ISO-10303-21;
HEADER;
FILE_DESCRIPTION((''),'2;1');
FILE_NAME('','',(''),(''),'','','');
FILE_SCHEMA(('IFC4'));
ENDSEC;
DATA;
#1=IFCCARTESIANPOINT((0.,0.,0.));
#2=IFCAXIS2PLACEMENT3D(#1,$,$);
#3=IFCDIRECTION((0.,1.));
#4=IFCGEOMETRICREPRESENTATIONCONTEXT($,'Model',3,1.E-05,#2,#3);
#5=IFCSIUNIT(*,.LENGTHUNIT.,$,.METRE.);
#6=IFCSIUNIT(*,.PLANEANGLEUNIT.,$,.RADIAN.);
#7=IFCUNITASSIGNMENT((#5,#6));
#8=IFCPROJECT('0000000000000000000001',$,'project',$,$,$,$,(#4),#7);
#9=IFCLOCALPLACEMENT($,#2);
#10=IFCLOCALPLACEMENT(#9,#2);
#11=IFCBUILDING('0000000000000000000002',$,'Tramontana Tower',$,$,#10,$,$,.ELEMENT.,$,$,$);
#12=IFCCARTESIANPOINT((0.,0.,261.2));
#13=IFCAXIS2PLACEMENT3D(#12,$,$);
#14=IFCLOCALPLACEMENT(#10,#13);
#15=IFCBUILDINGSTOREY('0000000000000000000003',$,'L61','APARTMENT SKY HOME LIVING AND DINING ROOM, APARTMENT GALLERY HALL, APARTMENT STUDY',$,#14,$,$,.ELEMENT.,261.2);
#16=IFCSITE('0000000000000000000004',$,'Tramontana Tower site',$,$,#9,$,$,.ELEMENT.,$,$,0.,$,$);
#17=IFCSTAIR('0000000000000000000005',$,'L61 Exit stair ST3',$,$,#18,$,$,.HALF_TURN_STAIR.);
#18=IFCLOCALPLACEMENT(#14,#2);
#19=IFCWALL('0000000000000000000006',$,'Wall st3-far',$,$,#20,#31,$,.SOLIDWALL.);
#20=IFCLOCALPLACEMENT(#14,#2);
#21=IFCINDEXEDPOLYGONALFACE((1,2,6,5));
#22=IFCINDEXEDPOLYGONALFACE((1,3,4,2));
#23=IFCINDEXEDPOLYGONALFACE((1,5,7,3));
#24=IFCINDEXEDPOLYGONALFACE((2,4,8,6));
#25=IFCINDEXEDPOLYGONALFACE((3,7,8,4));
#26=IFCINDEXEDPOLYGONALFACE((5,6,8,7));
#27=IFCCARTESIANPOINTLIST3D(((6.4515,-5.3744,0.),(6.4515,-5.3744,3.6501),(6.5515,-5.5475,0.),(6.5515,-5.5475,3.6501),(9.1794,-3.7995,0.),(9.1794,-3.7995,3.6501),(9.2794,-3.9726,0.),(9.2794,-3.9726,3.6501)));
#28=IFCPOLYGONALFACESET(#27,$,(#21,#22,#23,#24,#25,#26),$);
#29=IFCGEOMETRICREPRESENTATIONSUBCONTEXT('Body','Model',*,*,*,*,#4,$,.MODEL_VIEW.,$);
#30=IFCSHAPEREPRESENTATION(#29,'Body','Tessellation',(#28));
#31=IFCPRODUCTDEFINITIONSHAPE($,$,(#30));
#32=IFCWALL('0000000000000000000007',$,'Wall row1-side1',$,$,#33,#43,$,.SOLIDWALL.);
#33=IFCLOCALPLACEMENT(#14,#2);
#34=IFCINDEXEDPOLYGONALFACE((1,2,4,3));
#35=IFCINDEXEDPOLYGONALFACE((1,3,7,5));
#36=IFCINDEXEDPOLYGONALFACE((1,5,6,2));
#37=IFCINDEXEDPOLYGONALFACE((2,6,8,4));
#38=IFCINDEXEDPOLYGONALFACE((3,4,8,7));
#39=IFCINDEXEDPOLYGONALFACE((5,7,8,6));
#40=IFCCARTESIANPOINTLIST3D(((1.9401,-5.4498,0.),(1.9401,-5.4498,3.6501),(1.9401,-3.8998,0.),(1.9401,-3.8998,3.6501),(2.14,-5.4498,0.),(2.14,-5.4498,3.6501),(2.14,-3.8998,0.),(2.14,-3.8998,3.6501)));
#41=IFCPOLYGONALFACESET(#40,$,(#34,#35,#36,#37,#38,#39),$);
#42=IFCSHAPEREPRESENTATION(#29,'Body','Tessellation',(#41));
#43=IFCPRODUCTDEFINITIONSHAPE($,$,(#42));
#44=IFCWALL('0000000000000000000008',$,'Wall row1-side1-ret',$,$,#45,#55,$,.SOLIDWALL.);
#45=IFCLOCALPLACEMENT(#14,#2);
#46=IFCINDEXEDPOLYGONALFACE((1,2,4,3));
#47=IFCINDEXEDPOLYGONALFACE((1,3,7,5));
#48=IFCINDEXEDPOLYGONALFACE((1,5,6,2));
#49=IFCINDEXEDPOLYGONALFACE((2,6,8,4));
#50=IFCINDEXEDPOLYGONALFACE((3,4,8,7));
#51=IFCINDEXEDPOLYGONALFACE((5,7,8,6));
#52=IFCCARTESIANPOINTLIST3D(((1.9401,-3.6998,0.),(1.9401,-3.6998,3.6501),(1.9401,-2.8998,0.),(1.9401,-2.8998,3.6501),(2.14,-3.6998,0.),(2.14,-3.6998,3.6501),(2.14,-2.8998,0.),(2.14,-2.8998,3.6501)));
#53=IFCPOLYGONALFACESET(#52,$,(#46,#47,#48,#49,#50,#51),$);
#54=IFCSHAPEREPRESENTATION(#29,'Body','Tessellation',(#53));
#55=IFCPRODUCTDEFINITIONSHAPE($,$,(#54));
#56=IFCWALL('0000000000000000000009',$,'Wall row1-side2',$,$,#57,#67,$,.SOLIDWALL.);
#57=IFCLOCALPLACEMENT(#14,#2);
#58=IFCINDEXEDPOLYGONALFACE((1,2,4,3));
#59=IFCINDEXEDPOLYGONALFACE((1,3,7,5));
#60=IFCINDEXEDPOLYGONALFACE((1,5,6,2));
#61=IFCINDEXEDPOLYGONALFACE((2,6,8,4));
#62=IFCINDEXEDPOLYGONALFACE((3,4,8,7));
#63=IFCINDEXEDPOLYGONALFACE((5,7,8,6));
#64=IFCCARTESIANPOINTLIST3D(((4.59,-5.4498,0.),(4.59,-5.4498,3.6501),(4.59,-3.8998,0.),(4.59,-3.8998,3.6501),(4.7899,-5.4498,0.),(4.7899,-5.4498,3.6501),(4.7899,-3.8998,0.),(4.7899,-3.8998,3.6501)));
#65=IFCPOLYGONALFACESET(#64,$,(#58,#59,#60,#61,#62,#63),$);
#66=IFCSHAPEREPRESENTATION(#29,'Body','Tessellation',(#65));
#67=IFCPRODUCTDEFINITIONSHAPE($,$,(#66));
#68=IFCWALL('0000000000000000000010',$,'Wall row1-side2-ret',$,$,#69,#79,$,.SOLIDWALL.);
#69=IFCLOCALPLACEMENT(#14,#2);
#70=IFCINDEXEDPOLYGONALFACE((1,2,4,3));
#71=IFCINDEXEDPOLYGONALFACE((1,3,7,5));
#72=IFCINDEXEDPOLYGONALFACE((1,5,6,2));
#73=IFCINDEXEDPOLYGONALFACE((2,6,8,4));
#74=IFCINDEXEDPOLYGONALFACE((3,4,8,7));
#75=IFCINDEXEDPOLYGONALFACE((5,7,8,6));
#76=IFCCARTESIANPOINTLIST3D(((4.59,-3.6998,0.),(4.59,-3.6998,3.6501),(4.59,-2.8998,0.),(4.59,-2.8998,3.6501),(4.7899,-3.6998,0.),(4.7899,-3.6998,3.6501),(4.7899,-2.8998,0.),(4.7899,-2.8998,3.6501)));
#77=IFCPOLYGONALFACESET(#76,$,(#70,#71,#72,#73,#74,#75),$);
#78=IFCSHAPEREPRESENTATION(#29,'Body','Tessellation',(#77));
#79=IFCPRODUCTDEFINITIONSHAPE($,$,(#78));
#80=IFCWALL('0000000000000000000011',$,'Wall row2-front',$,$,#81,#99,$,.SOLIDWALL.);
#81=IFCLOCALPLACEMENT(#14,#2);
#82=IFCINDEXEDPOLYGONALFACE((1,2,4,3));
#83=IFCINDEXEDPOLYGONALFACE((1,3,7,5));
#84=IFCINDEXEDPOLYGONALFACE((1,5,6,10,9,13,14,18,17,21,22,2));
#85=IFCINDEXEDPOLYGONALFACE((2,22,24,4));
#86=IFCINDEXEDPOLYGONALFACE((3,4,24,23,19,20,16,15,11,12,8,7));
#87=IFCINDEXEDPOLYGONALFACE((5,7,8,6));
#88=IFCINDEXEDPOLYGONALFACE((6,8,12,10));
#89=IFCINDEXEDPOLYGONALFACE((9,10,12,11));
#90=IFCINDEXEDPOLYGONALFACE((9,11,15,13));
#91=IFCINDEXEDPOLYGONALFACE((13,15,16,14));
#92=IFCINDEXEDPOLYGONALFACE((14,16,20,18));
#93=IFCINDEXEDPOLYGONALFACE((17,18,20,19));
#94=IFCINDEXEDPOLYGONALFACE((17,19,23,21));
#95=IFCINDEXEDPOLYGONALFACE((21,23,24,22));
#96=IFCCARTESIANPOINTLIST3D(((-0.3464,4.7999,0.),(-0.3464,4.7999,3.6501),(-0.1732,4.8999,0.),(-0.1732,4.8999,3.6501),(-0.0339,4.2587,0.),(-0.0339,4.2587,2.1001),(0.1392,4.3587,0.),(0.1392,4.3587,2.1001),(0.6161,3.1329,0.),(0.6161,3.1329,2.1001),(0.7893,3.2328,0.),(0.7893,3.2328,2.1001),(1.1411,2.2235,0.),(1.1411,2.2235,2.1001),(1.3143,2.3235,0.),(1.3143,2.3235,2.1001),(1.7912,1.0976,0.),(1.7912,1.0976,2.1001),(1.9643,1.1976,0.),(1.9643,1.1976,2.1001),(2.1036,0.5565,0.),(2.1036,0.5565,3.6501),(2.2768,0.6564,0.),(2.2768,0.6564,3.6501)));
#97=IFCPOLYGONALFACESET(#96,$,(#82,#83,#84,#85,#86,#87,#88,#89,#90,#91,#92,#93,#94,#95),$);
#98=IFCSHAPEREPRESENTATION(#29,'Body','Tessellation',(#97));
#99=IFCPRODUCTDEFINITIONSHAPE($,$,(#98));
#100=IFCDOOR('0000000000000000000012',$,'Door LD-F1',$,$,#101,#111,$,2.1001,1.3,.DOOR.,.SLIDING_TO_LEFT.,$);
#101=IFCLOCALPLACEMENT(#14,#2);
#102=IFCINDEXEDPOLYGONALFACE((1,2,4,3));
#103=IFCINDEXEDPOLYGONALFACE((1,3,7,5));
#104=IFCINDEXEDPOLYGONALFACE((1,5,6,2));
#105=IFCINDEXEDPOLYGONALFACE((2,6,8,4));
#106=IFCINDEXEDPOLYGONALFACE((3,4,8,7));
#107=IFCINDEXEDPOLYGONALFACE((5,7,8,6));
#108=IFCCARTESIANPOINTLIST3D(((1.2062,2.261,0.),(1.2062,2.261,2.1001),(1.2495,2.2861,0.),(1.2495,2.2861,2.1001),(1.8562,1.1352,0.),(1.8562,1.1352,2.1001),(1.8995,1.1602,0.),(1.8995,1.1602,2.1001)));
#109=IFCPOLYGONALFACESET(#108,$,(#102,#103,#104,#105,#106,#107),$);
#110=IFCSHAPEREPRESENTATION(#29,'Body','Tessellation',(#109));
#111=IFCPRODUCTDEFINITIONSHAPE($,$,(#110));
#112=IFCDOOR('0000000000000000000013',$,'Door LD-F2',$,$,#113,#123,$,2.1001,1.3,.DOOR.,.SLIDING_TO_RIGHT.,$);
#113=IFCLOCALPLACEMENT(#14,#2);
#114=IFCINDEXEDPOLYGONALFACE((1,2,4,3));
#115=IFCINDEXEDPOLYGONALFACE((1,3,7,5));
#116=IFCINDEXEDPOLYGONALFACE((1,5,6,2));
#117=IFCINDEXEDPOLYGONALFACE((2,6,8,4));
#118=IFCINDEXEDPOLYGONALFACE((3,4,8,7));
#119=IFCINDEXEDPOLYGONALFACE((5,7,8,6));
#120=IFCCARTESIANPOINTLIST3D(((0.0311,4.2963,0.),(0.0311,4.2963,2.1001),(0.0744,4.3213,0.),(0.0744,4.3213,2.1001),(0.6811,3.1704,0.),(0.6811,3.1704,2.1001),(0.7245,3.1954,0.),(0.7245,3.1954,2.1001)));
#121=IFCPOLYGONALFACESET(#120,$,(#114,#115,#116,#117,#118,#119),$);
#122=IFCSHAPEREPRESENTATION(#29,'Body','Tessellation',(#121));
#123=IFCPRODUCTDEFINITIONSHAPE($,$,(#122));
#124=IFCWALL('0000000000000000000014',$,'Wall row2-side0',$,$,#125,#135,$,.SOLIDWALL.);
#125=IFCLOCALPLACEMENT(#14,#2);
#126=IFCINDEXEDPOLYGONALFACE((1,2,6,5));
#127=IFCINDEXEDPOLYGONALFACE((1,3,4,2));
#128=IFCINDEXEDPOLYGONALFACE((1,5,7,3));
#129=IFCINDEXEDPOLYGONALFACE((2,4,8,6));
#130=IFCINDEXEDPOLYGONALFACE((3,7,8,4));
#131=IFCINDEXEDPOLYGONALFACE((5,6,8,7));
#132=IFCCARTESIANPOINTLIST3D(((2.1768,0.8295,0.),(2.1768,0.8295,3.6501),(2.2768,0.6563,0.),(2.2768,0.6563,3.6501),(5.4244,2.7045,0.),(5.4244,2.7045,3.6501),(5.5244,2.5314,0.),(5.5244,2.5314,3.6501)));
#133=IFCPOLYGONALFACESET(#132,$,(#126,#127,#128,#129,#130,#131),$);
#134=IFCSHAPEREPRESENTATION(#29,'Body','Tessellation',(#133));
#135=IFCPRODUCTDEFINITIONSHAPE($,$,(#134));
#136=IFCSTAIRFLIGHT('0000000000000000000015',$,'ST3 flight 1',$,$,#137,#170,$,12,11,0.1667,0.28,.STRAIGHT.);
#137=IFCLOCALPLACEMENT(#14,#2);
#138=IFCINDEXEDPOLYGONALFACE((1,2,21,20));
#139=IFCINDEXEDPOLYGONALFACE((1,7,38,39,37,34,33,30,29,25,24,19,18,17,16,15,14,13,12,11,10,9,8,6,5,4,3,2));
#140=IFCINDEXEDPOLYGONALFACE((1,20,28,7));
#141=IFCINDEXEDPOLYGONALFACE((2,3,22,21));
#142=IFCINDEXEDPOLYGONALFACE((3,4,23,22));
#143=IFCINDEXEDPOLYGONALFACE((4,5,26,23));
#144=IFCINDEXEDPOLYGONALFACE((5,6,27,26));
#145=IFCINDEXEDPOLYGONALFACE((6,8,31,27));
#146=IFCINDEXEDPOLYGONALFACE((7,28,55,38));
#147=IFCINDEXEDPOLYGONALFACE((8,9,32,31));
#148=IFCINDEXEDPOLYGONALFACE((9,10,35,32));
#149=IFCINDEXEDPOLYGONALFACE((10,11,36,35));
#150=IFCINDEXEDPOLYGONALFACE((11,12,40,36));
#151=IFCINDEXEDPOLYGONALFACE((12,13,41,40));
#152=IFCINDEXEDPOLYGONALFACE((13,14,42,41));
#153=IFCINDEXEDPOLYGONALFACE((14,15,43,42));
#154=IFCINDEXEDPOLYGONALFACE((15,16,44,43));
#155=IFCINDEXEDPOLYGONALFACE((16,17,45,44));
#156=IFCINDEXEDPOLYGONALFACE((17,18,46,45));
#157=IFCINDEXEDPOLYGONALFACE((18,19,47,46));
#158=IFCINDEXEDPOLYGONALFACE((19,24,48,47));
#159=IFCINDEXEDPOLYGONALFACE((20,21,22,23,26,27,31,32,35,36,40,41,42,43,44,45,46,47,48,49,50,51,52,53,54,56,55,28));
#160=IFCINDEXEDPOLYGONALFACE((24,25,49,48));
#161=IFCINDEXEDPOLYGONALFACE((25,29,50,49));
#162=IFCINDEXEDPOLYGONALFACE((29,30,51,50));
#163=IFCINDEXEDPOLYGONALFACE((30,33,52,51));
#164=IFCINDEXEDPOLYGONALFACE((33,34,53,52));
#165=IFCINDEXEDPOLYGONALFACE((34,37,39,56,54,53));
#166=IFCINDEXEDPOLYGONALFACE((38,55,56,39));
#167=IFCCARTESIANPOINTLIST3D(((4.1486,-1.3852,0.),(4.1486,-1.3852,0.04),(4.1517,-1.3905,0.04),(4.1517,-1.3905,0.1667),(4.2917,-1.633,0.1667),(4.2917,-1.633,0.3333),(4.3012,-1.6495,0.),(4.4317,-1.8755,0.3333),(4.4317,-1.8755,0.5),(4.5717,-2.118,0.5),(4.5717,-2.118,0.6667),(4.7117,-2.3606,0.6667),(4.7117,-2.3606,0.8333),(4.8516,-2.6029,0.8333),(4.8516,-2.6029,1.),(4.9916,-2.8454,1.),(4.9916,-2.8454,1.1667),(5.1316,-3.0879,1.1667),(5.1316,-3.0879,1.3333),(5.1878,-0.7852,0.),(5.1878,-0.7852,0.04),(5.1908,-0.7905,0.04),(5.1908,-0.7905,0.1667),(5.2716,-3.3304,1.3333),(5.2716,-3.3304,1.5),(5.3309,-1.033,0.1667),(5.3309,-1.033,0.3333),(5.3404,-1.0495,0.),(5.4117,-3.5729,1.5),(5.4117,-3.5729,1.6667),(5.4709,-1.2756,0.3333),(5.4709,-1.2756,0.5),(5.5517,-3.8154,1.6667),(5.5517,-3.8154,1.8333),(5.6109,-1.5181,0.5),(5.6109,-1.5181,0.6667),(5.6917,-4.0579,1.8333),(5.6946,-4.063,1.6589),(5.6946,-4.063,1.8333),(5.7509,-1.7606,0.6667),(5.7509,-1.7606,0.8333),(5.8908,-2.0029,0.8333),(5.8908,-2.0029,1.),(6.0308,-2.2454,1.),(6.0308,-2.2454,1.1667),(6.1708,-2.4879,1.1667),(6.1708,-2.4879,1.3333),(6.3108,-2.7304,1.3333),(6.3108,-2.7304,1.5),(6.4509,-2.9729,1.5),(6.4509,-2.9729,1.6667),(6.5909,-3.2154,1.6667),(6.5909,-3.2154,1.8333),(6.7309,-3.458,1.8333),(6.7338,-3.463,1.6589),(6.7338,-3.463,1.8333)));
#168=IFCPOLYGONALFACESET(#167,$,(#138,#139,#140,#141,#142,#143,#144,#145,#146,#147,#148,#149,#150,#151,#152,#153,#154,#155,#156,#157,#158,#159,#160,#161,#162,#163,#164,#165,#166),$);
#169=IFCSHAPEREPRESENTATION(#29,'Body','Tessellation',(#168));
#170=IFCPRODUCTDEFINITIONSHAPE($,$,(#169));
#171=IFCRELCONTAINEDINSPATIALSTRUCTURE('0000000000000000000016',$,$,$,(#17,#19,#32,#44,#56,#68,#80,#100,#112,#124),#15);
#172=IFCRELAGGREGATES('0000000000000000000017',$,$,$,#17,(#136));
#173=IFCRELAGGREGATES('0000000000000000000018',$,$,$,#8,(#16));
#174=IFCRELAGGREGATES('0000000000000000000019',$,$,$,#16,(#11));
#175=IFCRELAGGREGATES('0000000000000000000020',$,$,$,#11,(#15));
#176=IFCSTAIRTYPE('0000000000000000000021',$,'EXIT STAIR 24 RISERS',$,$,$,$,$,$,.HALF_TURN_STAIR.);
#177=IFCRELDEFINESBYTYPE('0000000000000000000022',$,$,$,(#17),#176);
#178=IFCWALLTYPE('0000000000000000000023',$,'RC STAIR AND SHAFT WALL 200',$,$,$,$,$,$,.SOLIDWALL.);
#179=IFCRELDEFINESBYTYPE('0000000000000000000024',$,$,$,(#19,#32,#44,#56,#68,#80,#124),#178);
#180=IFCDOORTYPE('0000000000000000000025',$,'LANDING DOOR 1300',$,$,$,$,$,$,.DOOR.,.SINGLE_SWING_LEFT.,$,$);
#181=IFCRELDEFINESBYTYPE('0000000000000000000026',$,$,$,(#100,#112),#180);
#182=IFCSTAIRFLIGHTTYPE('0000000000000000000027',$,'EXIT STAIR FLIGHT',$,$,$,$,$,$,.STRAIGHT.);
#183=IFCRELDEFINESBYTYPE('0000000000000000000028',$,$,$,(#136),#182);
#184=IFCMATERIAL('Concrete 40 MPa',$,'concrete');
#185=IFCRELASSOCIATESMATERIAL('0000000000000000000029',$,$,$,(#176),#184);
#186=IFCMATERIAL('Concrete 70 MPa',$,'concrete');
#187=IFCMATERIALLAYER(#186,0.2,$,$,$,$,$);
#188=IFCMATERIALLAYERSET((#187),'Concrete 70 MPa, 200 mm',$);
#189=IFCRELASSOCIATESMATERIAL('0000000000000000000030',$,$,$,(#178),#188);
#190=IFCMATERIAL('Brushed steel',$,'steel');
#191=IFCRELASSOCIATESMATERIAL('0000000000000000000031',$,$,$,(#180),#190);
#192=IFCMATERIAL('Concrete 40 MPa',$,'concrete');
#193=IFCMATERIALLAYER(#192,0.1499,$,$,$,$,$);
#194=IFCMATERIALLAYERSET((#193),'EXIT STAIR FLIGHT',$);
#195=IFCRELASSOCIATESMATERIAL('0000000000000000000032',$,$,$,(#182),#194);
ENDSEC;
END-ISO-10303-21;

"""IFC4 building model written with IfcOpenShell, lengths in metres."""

from ifc_helpers import new_model, si_unit, direction, frame, frame_2d, origin, place, context, subcontext, project, spatial, polyline, rectangle, outline, extrude, material, layer, layer_set, type_object, element, fill, aggregate, save


model = new_model("IFC4")

# Units and contexts
model_context = context("Model", 3, precision=1e-05, world=origin(), true_north=direction((0.0, 1.0)))
body_context = subcontext(model_context, "Body", "Model", "MODEL_VIEW")
ifc_project = project(units=[si_unit("LENGTHUNIT", "METRE"), si_unit("PLANEANGLEUNIT", "RADIAN")], contexts=[model_context])

# Site, building, storey
site_placement = place(None, origin())
site = spatial("IfcSite", under=ifc_project, at=site_placement, Name="Tramontana Tower site", CompositionType="ELEMENT", RefElevation=0.0)
building_placement = place(site_placement, origin())
building = spatial("IfcBuilding", under=site, at=building_placement, Name="Tramontana Tower", CompositionType="ELEMENT")
storey_placement = place(building_placement, frame((0.0, 0.0, 261.2)))
storey = spatial("IfcBuildingStorey", under=building, at=storey_placement, Name="L61", Description="APARTMENT SKY HOME LIVING AND DINING ROOM, APARTMENT GALLERY HALL, APARTMENT STUDY", CompositionType="ELEMENT", Elevation=261.2)

# Stair
ifc_material_1 = material(Name="Concrete 40 MPa", Category="concrete")
stair_type = type_object("IfcStairType", Name="EXIT STAIR 24 RISERS", PredefinedType="HALF_TURN_STAIR", material=ifc_material_1)
stair_1_placement = place(storey_placement, origin())
stair_1 = element("IfcStair", 1, at=stair_1_placement, inside=storey, type_object=stair_type, Name="L61 Exit stair ST3", PredefinedType="HALF_TURN_STAIR")

# Wall
ifc_material_2 = material(Name="Concrete 70 MPa", Category="concrete")
ifc_layer_1 = layer(ifc_material_2, 0.2)
ifc_layer_set_1 = layer_set([ifc_layer_1], Name="Concrete 70 MPa, 200 mm")
wall_type = type_object("IfcWallType", Name="RC STAIR AND SHAFT WALL 200", PredefinedType="SOLIDWALL", material=ifc_layer_set_1)
wall_1_placement = place(storey_placement, frame((6.5015, -5.4609, 0.0), z_axis=(0.0, 0.0, 1.0), x_axis=(0.866036, 0.499982, 0.0)))
element("IfcWall", 2, at=wall_1_placement, inside=storey, type_object=wall_type, Name="Wall st3-far", PredefinedType="SOLIDWALL", context=body_context, shape_type="SweptSolid", body=[
    extrude(rectangle(XDim=3.1499, YDim=0.2, at=frame_2d((1.575, 0.0))), origin(), (0.0, 0.0, 1.0), 3.6501),
])

# Walls
wall_2_placement = place(storey_placement, frame((2.04, -3.8999, 0.0), z_axis=(0.0, 0.0, 1.0), x_axis=(0.0, -1.0, 0.0)))
element("IfcWall", 3, at=wall_2_placement, inside=storey, type_object=wall_type, Name="Wall row1-side1", PredefinedType="SOLIDWALL", context=body_context, shape_type="SweptSolid", body=[
    extrude(rectangle(XDim=1.55, YDim=0.2, at=frame_2d((0.7749, 0.0))), origin(), (0.0, 0.0, 1.0), 3.6501),
])
wall_3_placement = place(storey_placement, frame((2.04, -2.8999, 0.0), z_axis=(0.0, 0.0, 1.0), x_axis=(0.0, -1.0, 0.0)))
element("IfcWall", 4, at=wall_3_placement, inside=storey, type_object=wall_type, Name="Wall row1-side1-ret", PredefinedType="SOLIDWALL", context=body_context, shape_type="SweptSolid", body=[
    extrude(rectangle(XDim=0.8, YDim=0.2, at=frame_2d((0.3999, 0.0))), origin(), (0.0, 0.0, 1.0), 3.6501),
])
wall_4_placement = place(storey_placement, frame((4.6899, -3.8999, 0.0), z_axis=(0.0, 0.0, 1.0), x_axis=(0.0, -1.0, 0.0)))
element("IfcWall", 5, at=wall_4_placement, inside=storey, type_object=wall_type, Name="Wall row1-side2", PredefinedType="SOLIDWALL", context=body_context, shape_type="SweptSolid", body=[
    extrude(rectangle(XDim=1.55, YDim=0.2, at=frame_2d((0.7749, 0.0))), origin(), (0.0, 0.0, 1.0), 3.6501),
])
wall_5_placement = place(storey_placement, frame((4.6899, -2.8999, 0.0), z_axis=(0.0, 0.0, 1.0), x_axis=(0.0, -1.0, 0.0)))
element("IfcWall", 6, at=wall_5_placement, inside=storey, type_object=wall_type, Name="Wall row1-side2-ret", PredefinedType="SOLIDWALL", context=body_context, shape_type="SweptSolid", body=[
    extrude(rectangle(XDim=0.8, YDim=0.2, at=frame_2d((0.3999, 0.0))), origin(), (0.0, 0.0, 1.0), 3.6501),
])

# Wall, openings, doors
wall_6_placement = place(storey_placement, frame((2.1902, 0.6064, 0.0), z_axis=(0.0, 0.0, 1.0), x_axis=(-0.500003, 0.866024, 0.0)))
wall_6 = element("IfcWall", 7, at=wall_6_placement, inside=storey, type_object=wall_type, Name="Wall row2-front", PredefinedType="SOLIDWALL", context=body_context, shape_type="SweptSolid", body=[
    extrude(rectangle(XDim=4.8999, YDim=0.2, at=frame_2d((2.45, 0.0))), origin(), (0.0, 0.0, 1.0), 3.6501),
])
opening_1_placement = place(wall_6_placement, frame((0.625, 0.0, 0.0)))
opening_1 = element("IfcOpeningElement", 8, at=opening_1_placement, cuts=wall_6, PredefinedType="OPENING", context=body_context, shape_type="SweptSolid", body=[
    extrude(rectangle(XDim=1.3, YDim=2.1001, at=frame_2d((0.6499, 1.05))), frame((0.0, 0.1099, 0.0), z_axis=(0.0, -1.0, 0.0), x_axis=(1.0, 0.0, 0.0)), (0.0, 0.0, 1.0), 0.22),
])
opening_2_placement = place(wall_6_placement, frame((2.9751, 0.0, 0.0)))
opening_2 = element("IfcOpeningElement", 9, at=opening_2_placement, cuts=wall_6, PredefinedType="OPENING", context=body_context, shape_type="SweptSolid", body=[
    extrude(rectangle(XDim=1.3, YDim=2.1001, at=frame_2d((0.6499, 1.05))), frame((0.0, 0.1099, 0.0), z_axis=(0.0, -1.0, 0.0), x_axis=(1.0, 0.0, 0.0)), (0.0, 0.0, 1.0), 0.22),
])
ifc_material_3 = material(Name="Brushed steel", Category="steel")
door_type_1 = type_object("IfcDoorType", Name="LANDING DOOR 1300", OperationType="SINGLE_SWING_LEFT", PredefinedType="DOOR", material=ifc_material_3)
door_1_placement = place(opening_1_placement, origin())
door_1 = element("IfcDoor", 10, at=door_1_placement, inside=storey, type_object=door_type_1, Name="Door LD-F1", OperationType="SLIDING_TO_LEFT", OverallHeight=2.1001, OverallWidth=1.3, PredefinedType="DOOR", context=body_context, shape_type="SweptSolid", body=[
    extrude(rectangle(XDim=1.3, YDim=2.1001, at=frame_2d((0.6499, 1.05))), frame((0.0, 0.0249, 0.0), z_axis=(0.0, -1.0, 0.0), x_axis=(1.0, 0.0, 0.0)), (0.0, 0.0, 1.0), 0.05),
])
fill(opening_1, door_1)
door_2_placement = place(opening_2_placement, origin())
door_2 = element("IfcDoor", 11, at=door_2_placement, inside=storey, type_object=door_type_1, Name="Door LD-F2", OperationType="SLIDING_TO_RIGHT", OverallHeight=2.1001, OverallWidth=1.3, PredefinedType="DOOR", context=body_context, shape_type="SweptSolid", body=[
    extrude(rectangle(XDim=1.3, YDim=2.1001, at=frame_2d((0.6499, 1.05))), frame((0.0, 0.0249, 0.0), z_axis=(0.0, -1.0, 0.0), x_axis=(1.0, 0.0, 0.0)), (0.0, 0.0, 1.0), 0.05),
])
fill(opening_2, door_2)

# Wall
wall_7_placement = place(storey_placement, frame((2.2268, 0.7429, 0.0), z_axis=(0.0, 0.0, 1.0), x_axis=(0.866023, 0.500004, 0.0)))
element("IfcWall", 12, at=wall_7_placement, inside=storey, type_object=wall_type, Name="Wall row2-side0", PredefinedType="SOLIDWALL", context=body_context, shape_type="SweptSolid", body=[
    extrude(rectangle(XDim=3.75, YDim=0.2, at=frame_2d((1.875, 0.0))), origin(), (0.0, 0.0, 1.0), 3.6501),
])

# Stair flight
ifc_material_4 = material(Name="Concrete 40 MPa", Category="concrete")
ifc_layer_2 = layer(ifc_material_4, 0.1499)
ifc_layer_set_2 = layer_set([ifc_layer_2], Name="EXIT STAIR FLIGHT")
stair_flight_type = type_object("IfcStairFlightType", Name="EXIT STAIR FLIGHT", PredefinedType="STRAIGHT", material=ifc_layer_set_2)
stair_flight_placement = place(storey_placement, frame((4.6711, -1.0906, 0.0), z_axis=(0.0, 0.0, 1.0), x_axis=(0.5, -0.866025, 0.0)))
stair_flight = element("IfcStairFlight", 13, at=stair_flight_placement, type_object=stair_flight_type, Name="ST3 flight 1", NumberOfRisers=12, NumberOfTreads=11, PredefinedType="STRAIGHT", RiserHeight=0.1667, TreadLength=0.28, context=body_context, shape_type="SweptSolid", body=[
    extrude(outline(polyline([(-0.0061, 0.0), (-0.0061, 0.04), (0.0, 0.04), (0.0, 0.1667), (0.28, 0.1667), (0.28, 0.3333), (0.5601, 0.3333), (0.5601, 0.5), (0.8401, 0.5), (0.8401, 0.6667), (1.1201, 0.6667), (1.1201, 0.8333), (1.3999, 0.8333), (1.3999, 1.0), (1.6799, 1.0), (1.6799, 1.1667), (1.96, 1.1667), (1.96, 1.3333), (2.24, 1.3333), (2.24, 1.5), (2.52, 1.5), (2.52, 1.6667), (2.8, 1.6667), (2.8, 1.8333), (3.0801, 1.8333), (3.0859, 1.8333), (3.0859, 1.6589), (0.2991, 0.0), (-0.0061, 0.0)])), frame((0.0, 0.6001, 0.0), z_axis=(0.0, -1.0, 0.0), x_axis=(1.0, 0.0, 0.0)), (0.0, 0.0, 1.0), 1.2),
])
aggregate(stair_1, [stair_flight])

save(model, "model.ifc")
